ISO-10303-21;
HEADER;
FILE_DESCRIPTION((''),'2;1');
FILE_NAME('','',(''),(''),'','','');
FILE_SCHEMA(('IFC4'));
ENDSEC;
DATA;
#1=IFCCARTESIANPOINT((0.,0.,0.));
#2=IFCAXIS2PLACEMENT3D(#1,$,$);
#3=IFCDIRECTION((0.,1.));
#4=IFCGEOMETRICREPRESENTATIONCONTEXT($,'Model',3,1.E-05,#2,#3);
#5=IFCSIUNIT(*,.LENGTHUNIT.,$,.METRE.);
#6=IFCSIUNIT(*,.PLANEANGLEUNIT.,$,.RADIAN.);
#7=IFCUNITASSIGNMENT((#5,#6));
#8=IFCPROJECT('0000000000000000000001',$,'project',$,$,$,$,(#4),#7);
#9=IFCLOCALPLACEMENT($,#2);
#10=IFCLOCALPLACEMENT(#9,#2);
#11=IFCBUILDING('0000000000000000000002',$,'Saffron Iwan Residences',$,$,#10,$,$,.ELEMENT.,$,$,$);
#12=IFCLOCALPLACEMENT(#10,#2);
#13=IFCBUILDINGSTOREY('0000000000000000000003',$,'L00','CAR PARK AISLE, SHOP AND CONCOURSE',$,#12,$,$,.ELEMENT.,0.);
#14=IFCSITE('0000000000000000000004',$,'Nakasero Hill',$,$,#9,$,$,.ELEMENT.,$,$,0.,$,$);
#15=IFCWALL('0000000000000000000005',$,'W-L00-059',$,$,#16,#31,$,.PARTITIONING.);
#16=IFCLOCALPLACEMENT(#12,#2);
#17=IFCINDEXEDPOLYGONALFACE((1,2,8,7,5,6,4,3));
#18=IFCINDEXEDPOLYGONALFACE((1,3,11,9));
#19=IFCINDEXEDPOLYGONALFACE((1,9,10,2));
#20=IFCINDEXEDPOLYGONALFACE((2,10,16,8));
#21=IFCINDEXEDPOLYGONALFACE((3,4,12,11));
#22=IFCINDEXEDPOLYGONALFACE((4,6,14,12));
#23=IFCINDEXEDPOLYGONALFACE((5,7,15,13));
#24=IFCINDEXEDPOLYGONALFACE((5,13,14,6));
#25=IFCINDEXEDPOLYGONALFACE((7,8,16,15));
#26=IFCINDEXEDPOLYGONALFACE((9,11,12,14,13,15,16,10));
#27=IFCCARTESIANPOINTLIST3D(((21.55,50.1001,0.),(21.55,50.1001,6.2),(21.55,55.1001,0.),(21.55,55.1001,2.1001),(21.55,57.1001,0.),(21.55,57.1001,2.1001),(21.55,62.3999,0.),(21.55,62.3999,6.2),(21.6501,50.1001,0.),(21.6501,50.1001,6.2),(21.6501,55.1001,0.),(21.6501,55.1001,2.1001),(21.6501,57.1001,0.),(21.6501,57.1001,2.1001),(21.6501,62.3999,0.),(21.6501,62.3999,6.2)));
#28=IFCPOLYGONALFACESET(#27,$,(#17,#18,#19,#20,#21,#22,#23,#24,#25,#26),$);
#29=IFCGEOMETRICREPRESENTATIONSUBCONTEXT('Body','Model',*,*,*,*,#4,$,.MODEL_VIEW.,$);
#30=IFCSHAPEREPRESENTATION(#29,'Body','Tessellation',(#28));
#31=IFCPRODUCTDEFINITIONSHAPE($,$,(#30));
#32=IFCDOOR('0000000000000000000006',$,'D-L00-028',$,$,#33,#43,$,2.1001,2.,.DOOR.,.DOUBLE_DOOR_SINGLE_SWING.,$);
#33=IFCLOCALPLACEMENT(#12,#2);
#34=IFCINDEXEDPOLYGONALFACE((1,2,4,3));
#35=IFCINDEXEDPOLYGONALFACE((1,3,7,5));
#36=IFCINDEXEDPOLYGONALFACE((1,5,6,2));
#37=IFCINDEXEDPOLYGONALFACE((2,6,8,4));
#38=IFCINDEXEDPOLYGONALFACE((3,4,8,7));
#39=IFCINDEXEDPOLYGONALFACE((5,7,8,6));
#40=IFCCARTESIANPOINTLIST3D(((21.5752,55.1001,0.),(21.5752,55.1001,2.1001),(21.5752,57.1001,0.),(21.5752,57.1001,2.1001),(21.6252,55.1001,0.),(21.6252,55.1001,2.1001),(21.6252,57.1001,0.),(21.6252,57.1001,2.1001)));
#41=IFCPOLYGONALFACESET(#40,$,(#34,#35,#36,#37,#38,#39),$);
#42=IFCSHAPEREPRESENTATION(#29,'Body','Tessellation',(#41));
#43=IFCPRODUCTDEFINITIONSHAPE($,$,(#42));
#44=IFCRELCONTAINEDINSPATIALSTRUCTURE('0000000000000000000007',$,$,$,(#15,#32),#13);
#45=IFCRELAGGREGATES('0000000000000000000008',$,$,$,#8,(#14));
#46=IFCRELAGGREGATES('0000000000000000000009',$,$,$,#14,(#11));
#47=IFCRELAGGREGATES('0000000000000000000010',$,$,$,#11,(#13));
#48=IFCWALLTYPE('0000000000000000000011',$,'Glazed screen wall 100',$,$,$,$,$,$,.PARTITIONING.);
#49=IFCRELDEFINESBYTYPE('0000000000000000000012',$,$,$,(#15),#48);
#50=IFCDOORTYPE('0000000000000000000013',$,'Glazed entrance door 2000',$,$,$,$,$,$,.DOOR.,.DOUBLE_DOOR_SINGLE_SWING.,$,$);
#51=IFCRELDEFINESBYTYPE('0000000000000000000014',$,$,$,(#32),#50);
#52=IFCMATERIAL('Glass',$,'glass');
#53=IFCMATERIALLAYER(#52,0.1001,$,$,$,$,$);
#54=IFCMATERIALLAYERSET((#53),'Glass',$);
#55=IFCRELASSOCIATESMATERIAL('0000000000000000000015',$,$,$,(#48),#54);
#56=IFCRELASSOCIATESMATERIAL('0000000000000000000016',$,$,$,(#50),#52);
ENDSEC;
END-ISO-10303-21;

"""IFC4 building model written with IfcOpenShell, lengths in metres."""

from ifc_helpers import new_model, si_unit, direction, frame, frame_2d, origin, place, context, subcontext, project, spatial, rectangle, extrude, material, layer, layer_set, type_object, element, fill, save


model = new_model("IFC4")

# Units and contexts
model_context = context("Model", 3, precision=1e-05, world=origin(), true_north=direction((0.0, 1.0)))
body_context = subcontext(model_context, "Body", "Model", "MODEL_VIEW")
ifc_project = project(units=[si_unit("LENGTHUNIT", "METRE"), si_unit("PLANEANGLEUNIT", "RADIAN")], contexts=[model_context])

# Site, building, storey
site_placement = place(None, origin())
site = spatial("IfcSite", under=ifc_project, at=site_placement, Name="Nakasero Hill", CompositionType="ELEMENT", RefElevation=0.0)
building_placement = place(site_placement, origin())
building = spatial("IfcBuilding", under=site, at=building_placement, Name="Saffron Iwan Residences", CompositionType="ELEMENT")
storey_placement = place(building_placement, origin())
storey = spatial("IfcBuildingStorey", under=building, at=storey_placement, Name="L00", Description="CAR PARK AISLE, SHOP AND CONCOURSE", CompositionType="ELEMENT", Elevation=0.0)

# Wall, opening, door
ifc_material_1 = material(Name="Glass", Category="glass")
ifc_layer_1 = layer(ifc_material_1, 0.1001)
ifc_layer_set_1 = layer_set([ifc_layer_1], Name="Glass")
wall_type_1 = type_object("IfcWallType", Name="Glazed screen wall 100", PredefinedType="PARTITIONING", material=ifc_layer_set_1)
wall_1_placement = place(storey_placement, frame((21.6001, 50.1001, 0.0), z_axis=(0.0, 0.0, 1.0), x_axis=(0.0, 1.0, 0.0)))
wall_1 = element("IfcWall", 1, at=wall_1_placement, inside=storey, type_object=wall_type_1, Name="W-L00-059", PredefinedType="PARTITIONING", context=body_context, shape_type="SweptSolid", body=[
    extrude(rectangle(XDim=12.2998, YDim=0.1001, at=frame_2d((6.1499, 0.0))), origin(), (0.0, 0.0, 1.0), 6.2),
])
opening_1_placement = place(wall_1_placement, frame((5.0, 0.0, 0.0)))
opening_1 = element("IfcOpeningElement", 2, at=opening_1_placement, cuts=wall_1, PredefinedType="OPENING", context=body_context, shape_type="SweptSolid", body=[
    extrude(rectangle(XDim=2.0, YDim=2.1001, at=frame_2d((1.0, 1.05))), frame((0.0, 0.0601, 0.0), z_axis=(0.0, -1.0, 0.0), x_axis=(1.0, 0.0, 0.0)), (0.0, 0.0, 1.0), 0.1201),
])
door_type_1 = type_object("IfcDoorType", Name="Glazed entrance door 2000", OperationType="DOUBLE_DOOR_SINGLE_SWING", PredefinedType="DOOR", material=ifc_material_1)
door_1_placement = place(opening_1_placement, origin())
door_1 = element("IfcDoor", 3, at=door_1_placement, inside=storey, type_object=door_type_1, Name="D-L00-028", OperationType="DOUBLE_DOOR_SINGLE_SWING", OverallHeight=2.1001, OverallWidth=2.0, PredefinedType="DOOR", context=body_context, shape_type="SweptSolid", body=[
    extrude(rectangle(XDim=2.0, YDim=2.1001, at=frame_2d((1.0, 1.05))), frame((0.0, 0.0249, 0.0), z_axis=(0.0, -1.0, 0.0), x_axis=(1.0, 0.0, 0.0)), (0.0, 0.0, 1.0), 0.05),
])
fill(opening_1, door_1)

save(model, "model.ifc")
